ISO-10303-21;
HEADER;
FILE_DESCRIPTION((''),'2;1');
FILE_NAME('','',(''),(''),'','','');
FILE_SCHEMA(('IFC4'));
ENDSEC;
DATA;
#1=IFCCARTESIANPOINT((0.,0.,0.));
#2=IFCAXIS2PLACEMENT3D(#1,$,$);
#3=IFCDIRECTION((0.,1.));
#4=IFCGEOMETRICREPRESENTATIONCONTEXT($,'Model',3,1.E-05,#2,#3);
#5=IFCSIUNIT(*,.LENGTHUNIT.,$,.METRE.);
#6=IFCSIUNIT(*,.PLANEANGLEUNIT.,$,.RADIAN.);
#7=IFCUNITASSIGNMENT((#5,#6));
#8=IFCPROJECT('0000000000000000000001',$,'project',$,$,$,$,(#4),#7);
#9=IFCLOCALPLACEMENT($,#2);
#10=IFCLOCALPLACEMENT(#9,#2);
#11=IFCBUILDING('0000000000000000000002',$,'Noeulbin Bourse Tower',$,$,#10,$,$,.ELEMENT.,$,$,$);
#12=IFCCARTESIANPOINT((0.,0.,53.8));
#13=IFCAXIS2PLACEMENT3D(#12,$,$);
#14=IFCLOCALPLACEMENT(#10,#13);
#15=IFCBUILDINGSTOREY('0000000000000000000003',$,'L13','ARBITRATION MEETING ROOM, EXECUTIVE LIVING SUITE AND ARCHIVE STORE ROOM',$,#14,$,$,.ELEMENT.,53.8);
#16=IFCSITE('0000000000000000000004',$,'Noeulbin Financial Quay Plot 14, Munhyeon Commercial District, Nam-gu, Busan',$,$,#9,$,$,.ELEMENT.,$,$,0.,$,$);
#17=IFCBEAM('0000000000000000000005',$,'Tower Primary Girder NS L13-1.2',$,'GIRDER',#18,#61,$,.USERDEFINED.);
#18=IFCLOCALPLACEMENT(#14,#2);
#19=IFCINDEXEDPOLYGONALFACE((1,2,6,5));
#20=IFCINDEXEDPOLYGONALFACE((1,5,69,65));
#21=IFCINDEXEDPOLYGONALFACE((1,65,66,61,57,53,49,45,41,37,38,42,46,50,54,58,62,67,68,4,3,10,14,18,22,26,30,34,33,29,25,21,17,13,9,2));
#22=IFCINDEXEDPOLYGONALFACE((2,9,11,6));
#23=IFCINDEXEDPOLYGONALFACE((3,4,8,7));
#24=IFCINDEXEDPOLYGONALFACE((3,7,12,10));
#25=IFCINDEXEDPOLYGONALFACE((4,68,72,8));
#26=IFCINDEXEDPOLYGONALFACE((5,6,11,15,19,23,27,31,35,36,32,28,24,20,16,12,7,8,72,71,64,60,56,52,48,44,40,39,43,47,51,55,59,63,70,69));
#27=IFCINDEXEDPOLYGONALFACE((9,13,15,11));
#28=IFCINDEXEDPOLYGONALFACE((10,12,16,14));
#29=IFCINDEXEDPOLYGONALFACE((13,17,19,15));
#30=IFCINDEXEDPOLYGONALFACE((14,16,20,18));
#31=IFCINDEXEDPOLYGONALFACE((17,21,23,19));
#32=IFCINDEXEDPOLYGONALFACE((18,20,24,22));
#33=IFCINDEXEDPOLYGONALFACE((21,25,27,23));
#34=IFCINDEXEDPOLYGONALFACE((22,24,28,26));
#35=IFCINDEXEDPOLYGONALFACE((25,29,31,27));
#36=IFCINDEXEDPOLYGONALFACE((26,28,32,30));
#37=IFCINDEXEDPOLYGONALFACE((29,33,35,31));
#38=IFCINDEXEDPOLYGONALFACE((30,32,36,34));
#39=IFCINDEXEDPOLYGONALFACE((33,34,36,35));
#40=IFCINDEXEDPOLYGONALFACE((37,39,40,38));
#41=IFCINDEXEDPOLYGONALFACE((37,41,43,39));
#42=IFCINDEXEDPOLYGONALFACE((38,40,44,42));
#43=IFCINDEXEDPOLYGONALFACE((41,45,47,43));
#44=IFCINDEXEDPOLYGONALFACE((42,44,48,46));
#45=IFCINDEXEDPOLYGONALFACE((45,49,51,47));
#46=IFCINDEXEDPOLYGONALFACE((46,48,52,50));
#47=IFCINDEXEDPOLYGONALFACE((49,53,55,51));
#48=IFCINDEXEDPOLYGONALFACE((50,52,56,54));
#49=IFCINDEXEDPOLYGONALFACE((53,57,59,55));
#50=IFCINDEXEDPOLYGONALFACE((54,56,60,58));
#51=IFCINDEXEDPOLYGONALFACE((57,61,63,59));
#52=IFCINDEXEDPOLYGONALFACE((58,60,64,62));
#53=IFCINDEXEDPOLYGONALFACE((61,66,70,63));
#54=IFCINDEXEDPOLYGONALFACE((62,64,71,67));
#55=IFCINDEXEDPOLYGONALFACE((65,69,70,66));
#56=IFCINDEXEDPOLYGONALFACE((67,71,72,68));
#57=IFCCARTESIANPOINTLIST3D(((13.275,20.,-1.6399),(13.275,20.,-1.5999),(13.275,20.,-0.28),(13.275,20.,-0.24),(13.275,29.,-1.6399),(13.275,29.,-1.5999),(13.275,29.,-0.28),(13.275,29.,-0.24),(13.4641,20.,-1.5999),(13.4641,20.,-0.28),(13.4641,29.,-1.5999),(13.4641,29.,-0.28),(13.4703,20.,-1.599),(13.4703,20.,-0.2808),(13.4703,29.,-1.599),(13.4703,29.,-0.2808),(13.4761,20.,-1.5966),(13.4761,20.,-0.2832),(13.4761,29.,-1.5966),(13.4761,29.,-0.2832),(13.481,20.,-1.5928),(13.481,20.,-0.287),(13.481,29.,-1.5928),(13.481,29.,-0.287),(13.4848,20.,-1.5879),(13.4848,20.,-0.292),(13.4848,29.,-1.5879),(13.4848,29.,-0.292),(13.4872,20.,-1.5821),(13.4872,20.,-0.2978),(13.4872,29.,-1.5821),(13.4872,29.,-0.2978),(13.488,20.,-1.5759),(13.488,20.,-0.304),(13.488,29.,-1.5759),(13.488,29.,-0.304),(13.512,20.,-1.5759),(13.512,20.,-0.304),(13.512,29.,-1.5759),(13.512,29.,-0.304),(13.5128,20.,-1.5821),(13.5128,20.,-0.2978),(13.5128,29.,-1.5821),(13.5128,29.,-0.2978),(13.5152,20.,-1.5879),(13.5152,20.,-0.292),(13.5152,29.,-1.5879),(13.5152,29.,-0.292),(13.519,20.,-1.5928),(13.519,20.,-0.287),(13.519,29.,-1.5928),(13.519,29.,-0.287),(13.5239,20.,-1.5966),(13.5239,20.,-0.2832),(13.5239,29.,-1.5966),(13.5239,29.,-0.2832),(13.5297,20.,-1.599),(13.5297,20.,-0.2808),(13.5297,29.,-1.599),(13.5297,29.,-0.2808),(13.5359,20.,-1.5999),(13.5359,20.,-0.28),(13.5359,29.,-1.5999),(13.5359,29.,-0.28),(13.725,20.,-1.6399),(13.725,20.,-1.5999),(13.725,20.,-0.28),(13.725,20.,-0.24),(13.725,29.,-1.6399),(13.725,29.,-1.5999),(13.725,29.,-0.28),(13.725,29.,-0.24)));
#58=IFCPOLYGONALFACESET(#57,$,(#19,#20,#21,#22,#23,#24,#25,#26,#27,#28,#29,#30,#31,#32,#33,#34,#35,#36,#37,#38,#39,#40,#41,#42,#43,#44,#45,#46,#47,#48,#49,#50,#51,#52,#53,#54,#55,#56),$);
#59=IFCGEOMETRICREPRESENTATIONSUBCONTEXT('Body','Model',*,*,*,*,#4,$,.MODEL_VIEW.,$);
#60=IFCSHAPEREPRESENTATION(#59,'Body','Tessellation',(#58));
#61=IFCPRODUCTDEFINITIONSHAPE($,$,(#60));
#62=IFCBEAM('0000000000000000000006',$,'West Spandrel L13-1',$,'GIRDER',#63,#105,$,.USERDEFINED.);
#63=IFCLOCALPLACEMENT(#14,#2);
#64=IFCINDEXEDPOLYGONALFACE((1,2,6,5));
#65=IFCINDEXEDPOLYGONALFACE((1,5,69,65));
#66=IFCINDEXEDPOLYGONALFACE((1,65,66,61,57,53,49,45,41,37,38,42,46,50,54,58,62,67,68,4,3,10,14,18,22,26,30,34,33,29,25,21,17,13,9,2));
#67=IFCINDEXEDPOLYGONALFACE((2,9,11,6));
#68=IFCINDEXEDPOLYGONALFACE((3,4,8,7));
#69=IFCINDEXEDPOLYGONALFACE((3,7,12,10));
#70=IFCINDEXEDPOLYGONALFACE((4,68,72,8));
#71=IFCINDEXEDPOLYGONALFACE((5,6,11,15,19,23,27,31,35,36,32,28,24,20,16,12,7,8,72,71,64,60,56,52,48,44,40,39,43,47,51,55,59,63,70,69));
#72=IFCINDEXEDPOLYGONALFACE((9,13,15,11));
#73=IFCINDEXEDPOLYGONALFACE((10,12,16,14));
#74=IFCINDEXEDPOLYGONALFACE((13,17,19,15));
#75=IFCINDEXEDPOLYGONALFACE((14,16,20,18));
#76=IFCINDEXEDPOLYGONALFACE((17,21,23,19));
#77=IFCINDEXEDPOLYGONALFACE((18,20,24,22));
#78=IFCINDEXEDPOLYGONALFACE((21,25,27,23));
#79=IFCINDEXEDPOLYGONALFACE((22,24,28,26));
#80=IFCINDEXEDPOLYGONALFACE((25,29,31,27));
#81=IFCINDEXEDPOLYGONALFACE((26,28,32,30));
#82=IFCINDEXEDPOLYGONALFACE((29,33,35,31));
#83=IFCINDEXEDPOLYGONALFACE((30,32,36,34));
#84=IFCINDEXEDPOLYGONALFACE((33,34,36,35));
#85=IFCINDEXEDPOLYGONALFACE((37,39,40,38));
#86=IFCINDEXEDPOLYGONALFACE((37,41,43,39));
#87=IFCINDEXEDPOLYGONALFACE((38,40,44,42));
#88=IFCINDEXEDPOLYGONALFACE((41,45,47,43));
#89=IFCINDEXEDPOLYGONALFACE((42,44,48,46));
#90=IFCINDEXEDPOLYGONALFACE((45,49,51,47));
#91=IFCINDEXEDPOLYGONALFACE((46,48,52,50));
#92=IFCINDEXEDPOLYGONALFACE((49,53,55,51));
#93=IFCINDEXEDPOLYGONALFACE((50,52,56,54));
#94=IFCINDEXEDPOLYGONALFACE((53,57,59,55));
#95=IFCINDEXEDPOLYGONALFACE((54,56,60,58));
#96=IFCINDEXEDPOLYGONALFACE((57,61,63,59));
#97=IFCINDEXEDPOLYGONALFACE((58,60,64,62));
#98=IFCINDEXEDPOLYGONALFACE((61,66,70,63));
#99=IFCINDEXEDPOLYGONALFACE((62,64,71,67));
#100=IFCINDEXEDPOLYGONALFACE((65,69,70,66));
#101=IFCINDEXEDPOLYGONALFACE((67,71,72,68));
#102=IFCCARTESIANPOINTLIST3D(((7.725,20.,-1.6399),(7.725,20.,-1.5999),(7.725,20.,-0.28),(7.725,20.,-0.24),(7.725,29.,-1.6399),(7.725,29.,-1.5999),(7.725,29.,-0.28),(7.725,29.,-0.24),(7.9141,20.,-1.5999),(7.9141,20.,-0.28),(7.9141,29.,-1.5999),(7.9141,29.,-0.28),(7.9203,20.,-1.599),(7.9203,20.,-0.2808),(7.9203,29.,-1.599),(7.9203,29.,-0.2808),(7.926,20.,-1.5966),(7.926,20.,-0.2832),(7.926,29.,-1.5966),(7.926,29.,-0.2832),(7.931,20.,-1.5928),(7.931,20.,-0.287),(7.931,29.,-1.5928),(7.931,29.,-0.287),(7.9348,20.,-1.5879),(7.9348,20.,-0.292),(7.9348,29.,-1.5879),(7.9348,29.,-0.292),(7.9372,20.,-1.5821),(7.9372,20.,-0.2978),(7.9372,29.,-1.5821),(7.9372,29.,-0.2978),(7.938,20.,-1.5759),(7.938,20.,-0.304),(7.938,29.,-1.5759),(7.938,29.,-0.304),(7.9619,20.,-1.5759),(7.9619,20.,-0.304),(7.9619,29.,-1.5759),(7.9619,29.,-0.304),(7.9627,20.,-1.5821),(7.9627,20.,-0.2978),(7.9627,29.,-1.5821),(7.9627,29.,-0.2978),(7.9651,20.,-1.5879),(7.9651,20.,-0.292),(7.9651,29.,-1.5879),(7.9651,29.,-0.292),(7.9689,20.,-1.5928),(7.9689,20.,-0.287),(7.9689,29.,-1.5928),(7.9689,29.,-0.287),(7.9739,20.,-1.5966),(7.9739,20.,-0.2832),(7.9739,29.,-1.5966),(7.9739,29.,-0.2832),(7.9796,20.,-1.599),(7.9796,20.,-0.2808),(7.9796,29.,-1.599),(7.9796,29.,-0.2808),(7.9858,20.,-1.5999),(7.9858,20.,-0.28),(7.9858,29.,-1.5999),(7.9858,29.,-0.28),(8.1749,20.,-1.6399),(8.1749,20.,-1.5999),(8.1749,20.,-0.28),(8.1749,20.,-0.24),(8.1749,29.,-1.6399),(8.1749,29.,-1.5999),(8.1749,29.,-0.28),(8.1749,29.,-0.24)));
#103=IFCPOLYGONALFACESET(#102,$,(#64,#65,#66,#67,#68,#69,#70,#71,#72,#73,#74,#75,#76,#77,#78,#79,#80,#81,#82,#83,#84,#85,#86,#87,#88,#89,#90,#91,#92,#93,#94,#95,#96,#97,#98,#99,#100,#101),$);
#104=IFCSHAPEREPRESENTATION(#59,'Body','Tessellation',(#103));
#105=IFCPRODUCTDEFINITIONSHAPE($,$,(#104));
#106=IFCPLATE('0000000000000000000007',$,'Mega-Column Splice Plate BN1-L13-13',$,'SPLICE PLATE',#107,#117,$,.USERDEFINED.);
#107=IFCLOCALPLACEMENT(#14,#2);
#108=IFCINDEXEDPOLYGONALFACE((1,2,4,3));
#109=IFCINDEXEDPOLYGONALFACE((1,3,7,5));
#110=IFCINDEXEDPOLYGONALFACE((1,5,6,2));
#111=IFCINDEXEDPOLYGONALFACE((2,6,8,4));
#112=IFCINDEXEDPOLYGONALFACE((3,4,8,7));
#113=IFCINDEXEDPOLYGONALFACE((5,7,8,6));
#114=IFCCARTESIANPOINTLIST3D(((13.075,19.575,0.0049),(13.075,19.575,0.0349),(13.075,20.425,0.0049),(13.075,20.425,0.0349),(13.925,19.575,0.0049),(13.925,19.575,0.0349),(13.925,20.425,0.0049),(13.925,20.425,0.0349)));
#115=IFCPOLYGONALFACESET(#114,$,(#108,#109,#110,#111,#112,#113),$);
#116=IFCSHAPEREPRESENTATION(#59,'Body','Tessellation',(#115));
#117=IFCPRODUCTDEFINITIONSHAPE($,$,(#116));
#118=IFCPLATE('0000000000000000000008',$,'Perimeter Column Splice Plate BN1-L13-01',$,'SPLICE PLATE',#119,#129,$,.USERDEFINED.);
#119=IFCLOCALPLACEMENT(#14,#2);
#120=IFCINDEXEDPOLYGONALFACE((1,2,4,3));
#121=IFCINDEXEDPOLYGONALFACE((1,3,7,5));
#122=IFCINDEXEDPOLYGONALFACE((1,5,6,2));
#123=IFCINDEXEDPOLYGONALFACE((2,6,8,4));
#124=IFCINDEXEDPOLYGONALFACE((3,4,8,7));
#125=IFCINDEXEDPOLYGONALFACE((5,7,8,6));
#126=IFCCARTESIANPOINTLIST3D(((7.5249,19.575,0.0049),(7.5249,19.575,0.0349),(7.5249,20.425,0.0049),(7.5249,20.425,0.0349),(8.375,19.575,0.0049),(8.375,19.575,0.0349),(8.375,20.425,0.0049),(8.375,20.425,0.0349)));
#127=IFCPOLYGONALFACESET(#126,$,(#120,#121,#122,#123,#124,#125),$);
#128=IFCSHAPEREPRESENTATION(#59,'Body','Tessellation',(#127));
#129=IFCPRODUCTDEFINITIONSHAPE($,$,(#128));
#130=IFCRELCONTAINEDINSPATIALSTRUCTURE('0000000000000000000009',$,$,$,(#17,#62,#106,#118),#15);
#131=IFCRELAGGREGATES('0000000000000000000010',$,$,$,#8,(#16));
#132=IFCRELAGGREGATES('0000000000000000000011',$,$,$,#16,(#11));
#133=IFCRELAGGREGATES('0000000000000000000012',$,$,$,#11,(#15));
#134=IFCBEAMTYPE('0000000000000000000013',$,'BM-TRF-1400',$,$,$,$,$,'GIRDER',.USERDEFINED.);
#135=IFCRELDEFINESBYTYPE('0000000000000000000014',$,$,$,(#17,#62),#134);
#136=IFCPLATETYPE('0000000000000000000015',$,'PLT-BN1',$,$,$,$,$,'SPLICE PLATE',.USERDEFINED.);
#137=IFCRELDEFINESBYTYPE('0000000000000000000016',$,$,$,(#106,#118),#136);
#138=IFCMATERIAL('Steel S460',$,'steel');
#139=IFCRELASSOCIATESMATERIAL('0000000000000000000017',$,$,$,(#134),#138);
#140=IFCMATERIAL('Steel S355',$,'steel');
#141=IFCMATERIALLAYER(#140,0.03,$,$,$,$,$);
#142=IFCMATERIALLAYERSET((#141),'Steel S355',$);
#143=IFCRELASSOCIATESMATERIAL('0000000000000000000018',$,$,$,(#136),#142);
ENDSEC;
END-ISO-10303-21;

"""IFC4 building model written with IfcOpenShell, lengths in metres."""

from ifc_helpers import new_model, si_unit, direction, frame, origin, origin_2d, place, context, subcontext, project, spatial, rectangle, i_section, extrude, material, layer, layer_set, material_profile, profile_set, type_object, element, save


model = new_model("IFC4")

# Units and contexts
model_context = context("Model", 3, precision=1e-05, world=origin(), true_north=direction((0.0, 1.0)))
body_context = subcontext(model_context, "Body", "Model", "MODEL_VIEW")
ifc_project = project(units=[si_unit("LENGTHUNIT", "METRE"), si_unit("PLANEANGLEUNIT", "RADIAN")], contexts=[model_context])

# Site, building, storey
site_placement = place(None, origin())
site = spatial("IfcSite", under=ifc_project, at=site_placement, Name="Noeulbin Financial Quay Plot 14, Munhyeon Commercial District, Nam-gu, Busan", CompositionType="ELEMENT", RefElevation=0.0)
building_placement = place(site_placement, origin())
building = spatial("IfcBuilding", under=site, at=building_placement, Name="Noeulbin Bourse Tower", CompositionType="ELEMENT")
storey_placement = place(building_placement, frame((0.0, 0.0, 53.8)))
storey = spatial("IfcBuildingStorey", under=building, at=storey_placement, Name="L13", Description="ARBITRATION MEETING ROOM, EXECUTIVE LIVING SUITE AND ARCHIVE STORE ROOM", CompositionType="ELEMENT", Elevation=53.8)

# Shared definitions
ifc_material_1 = material(Name="Steel S460", Category="steel")

# Beams
ifc_material_2 = material(Name="Steel S355", Category="steel")
ifc_material_profile_1 = material_profile(ifc_material_1, i_section(OverallWidth=0.45, OverallDepth=1.3999, WebThickness=0.0239, FlangeThickness=0.04, FilletRadius=0.0239, at=origin_2d()), Name="PG-1400x450x24x40", Category="LoadBearing")
ifc_profile_set_1 = profile_set([ifc_material_profile_1], Name="Steel S460")
beam_type_1 = type_object("IfcBeamType", Name="BM-TRF-1400", ElementType="GIRDER", PredefinedType="USERDEFINED", material=ifc_profile_set_1)
for number, where, z_axis, x_axis, name in (
    (1, (13.5, 20.0, -0.9399), (0.0, 1.0, 0.0), (-1.0, 0.0, 0.0), "Tower Primary Girder NS L13-1.2"),
    (2, (7.95, 20.0, -0.9399), (0.0, 1.0, 0.0), (-1.0, 0.0, 0.0), "West Spandrel L13-1"),
):
    element("IfcBeam", number, at=place(storey_placement, frame(where, z_axis=z_axis, x_axis=x_axis)), inside=storey, type_object=beam_type_1, Name=name, ObjectType="GIRDER", PredefinedType="USERDEFINED", context=body_context, shape_type="SweptSolid", body=[
        extrude(i_section(OverallWidth=0.45, OverallDepth=1.3999, WebThickness=0.0239, FlangeThickness=0.04, FilletRadius=0.0239, at=origin_2d()), origin(), (0.0, 0.0, 1.0), 9.0),
    ])

# Plates
ifc_layer_1 = layer(ifc_material_2, 0.03)
ifc_layer_set_1 = layer_set([ifc_layer_1], Name="Steel S355")
plate_type = type_object("IfcPlateType", Name="PLT-BN1", ElementType="SPLICE PLATE", PredefinedType="USERDEFINED", material=ifc_layer_set_1)
for number, where, z_axis, x_axis, name in (
    (3, (13.5, 20.0, 0.0049), (0.0, 0.0, 1.0), (1.0, 0.0, 0.0), "Mega-Column Splice Plate BN1-L13-13"),
    (4, (7.95, 20.0, 0.0049), (0.0, 0.0, 1.0), (1.0, 0.0, 0.0), "Perimeter Column Splice Plate BN1-L13-01"),
):
    element("IfcPlate", number, at=place(storey_placement, frame(where, z_axis=z_axis, x_axis=x_axis)), inside=storey, type_object=plate_type, Name=name, ObjectType="SPLICE PLATE", PredefinedType="USERDEFINED", context=body_context, shape_type="SweptSolid", body=[
        extrude(rectangle(XDim=0.8501, YDim=0.8501, at=origin_2d()), origin(), (0.0, 0.0, 1.0), 0.03),
    ])

save(model, "model.ifc")
